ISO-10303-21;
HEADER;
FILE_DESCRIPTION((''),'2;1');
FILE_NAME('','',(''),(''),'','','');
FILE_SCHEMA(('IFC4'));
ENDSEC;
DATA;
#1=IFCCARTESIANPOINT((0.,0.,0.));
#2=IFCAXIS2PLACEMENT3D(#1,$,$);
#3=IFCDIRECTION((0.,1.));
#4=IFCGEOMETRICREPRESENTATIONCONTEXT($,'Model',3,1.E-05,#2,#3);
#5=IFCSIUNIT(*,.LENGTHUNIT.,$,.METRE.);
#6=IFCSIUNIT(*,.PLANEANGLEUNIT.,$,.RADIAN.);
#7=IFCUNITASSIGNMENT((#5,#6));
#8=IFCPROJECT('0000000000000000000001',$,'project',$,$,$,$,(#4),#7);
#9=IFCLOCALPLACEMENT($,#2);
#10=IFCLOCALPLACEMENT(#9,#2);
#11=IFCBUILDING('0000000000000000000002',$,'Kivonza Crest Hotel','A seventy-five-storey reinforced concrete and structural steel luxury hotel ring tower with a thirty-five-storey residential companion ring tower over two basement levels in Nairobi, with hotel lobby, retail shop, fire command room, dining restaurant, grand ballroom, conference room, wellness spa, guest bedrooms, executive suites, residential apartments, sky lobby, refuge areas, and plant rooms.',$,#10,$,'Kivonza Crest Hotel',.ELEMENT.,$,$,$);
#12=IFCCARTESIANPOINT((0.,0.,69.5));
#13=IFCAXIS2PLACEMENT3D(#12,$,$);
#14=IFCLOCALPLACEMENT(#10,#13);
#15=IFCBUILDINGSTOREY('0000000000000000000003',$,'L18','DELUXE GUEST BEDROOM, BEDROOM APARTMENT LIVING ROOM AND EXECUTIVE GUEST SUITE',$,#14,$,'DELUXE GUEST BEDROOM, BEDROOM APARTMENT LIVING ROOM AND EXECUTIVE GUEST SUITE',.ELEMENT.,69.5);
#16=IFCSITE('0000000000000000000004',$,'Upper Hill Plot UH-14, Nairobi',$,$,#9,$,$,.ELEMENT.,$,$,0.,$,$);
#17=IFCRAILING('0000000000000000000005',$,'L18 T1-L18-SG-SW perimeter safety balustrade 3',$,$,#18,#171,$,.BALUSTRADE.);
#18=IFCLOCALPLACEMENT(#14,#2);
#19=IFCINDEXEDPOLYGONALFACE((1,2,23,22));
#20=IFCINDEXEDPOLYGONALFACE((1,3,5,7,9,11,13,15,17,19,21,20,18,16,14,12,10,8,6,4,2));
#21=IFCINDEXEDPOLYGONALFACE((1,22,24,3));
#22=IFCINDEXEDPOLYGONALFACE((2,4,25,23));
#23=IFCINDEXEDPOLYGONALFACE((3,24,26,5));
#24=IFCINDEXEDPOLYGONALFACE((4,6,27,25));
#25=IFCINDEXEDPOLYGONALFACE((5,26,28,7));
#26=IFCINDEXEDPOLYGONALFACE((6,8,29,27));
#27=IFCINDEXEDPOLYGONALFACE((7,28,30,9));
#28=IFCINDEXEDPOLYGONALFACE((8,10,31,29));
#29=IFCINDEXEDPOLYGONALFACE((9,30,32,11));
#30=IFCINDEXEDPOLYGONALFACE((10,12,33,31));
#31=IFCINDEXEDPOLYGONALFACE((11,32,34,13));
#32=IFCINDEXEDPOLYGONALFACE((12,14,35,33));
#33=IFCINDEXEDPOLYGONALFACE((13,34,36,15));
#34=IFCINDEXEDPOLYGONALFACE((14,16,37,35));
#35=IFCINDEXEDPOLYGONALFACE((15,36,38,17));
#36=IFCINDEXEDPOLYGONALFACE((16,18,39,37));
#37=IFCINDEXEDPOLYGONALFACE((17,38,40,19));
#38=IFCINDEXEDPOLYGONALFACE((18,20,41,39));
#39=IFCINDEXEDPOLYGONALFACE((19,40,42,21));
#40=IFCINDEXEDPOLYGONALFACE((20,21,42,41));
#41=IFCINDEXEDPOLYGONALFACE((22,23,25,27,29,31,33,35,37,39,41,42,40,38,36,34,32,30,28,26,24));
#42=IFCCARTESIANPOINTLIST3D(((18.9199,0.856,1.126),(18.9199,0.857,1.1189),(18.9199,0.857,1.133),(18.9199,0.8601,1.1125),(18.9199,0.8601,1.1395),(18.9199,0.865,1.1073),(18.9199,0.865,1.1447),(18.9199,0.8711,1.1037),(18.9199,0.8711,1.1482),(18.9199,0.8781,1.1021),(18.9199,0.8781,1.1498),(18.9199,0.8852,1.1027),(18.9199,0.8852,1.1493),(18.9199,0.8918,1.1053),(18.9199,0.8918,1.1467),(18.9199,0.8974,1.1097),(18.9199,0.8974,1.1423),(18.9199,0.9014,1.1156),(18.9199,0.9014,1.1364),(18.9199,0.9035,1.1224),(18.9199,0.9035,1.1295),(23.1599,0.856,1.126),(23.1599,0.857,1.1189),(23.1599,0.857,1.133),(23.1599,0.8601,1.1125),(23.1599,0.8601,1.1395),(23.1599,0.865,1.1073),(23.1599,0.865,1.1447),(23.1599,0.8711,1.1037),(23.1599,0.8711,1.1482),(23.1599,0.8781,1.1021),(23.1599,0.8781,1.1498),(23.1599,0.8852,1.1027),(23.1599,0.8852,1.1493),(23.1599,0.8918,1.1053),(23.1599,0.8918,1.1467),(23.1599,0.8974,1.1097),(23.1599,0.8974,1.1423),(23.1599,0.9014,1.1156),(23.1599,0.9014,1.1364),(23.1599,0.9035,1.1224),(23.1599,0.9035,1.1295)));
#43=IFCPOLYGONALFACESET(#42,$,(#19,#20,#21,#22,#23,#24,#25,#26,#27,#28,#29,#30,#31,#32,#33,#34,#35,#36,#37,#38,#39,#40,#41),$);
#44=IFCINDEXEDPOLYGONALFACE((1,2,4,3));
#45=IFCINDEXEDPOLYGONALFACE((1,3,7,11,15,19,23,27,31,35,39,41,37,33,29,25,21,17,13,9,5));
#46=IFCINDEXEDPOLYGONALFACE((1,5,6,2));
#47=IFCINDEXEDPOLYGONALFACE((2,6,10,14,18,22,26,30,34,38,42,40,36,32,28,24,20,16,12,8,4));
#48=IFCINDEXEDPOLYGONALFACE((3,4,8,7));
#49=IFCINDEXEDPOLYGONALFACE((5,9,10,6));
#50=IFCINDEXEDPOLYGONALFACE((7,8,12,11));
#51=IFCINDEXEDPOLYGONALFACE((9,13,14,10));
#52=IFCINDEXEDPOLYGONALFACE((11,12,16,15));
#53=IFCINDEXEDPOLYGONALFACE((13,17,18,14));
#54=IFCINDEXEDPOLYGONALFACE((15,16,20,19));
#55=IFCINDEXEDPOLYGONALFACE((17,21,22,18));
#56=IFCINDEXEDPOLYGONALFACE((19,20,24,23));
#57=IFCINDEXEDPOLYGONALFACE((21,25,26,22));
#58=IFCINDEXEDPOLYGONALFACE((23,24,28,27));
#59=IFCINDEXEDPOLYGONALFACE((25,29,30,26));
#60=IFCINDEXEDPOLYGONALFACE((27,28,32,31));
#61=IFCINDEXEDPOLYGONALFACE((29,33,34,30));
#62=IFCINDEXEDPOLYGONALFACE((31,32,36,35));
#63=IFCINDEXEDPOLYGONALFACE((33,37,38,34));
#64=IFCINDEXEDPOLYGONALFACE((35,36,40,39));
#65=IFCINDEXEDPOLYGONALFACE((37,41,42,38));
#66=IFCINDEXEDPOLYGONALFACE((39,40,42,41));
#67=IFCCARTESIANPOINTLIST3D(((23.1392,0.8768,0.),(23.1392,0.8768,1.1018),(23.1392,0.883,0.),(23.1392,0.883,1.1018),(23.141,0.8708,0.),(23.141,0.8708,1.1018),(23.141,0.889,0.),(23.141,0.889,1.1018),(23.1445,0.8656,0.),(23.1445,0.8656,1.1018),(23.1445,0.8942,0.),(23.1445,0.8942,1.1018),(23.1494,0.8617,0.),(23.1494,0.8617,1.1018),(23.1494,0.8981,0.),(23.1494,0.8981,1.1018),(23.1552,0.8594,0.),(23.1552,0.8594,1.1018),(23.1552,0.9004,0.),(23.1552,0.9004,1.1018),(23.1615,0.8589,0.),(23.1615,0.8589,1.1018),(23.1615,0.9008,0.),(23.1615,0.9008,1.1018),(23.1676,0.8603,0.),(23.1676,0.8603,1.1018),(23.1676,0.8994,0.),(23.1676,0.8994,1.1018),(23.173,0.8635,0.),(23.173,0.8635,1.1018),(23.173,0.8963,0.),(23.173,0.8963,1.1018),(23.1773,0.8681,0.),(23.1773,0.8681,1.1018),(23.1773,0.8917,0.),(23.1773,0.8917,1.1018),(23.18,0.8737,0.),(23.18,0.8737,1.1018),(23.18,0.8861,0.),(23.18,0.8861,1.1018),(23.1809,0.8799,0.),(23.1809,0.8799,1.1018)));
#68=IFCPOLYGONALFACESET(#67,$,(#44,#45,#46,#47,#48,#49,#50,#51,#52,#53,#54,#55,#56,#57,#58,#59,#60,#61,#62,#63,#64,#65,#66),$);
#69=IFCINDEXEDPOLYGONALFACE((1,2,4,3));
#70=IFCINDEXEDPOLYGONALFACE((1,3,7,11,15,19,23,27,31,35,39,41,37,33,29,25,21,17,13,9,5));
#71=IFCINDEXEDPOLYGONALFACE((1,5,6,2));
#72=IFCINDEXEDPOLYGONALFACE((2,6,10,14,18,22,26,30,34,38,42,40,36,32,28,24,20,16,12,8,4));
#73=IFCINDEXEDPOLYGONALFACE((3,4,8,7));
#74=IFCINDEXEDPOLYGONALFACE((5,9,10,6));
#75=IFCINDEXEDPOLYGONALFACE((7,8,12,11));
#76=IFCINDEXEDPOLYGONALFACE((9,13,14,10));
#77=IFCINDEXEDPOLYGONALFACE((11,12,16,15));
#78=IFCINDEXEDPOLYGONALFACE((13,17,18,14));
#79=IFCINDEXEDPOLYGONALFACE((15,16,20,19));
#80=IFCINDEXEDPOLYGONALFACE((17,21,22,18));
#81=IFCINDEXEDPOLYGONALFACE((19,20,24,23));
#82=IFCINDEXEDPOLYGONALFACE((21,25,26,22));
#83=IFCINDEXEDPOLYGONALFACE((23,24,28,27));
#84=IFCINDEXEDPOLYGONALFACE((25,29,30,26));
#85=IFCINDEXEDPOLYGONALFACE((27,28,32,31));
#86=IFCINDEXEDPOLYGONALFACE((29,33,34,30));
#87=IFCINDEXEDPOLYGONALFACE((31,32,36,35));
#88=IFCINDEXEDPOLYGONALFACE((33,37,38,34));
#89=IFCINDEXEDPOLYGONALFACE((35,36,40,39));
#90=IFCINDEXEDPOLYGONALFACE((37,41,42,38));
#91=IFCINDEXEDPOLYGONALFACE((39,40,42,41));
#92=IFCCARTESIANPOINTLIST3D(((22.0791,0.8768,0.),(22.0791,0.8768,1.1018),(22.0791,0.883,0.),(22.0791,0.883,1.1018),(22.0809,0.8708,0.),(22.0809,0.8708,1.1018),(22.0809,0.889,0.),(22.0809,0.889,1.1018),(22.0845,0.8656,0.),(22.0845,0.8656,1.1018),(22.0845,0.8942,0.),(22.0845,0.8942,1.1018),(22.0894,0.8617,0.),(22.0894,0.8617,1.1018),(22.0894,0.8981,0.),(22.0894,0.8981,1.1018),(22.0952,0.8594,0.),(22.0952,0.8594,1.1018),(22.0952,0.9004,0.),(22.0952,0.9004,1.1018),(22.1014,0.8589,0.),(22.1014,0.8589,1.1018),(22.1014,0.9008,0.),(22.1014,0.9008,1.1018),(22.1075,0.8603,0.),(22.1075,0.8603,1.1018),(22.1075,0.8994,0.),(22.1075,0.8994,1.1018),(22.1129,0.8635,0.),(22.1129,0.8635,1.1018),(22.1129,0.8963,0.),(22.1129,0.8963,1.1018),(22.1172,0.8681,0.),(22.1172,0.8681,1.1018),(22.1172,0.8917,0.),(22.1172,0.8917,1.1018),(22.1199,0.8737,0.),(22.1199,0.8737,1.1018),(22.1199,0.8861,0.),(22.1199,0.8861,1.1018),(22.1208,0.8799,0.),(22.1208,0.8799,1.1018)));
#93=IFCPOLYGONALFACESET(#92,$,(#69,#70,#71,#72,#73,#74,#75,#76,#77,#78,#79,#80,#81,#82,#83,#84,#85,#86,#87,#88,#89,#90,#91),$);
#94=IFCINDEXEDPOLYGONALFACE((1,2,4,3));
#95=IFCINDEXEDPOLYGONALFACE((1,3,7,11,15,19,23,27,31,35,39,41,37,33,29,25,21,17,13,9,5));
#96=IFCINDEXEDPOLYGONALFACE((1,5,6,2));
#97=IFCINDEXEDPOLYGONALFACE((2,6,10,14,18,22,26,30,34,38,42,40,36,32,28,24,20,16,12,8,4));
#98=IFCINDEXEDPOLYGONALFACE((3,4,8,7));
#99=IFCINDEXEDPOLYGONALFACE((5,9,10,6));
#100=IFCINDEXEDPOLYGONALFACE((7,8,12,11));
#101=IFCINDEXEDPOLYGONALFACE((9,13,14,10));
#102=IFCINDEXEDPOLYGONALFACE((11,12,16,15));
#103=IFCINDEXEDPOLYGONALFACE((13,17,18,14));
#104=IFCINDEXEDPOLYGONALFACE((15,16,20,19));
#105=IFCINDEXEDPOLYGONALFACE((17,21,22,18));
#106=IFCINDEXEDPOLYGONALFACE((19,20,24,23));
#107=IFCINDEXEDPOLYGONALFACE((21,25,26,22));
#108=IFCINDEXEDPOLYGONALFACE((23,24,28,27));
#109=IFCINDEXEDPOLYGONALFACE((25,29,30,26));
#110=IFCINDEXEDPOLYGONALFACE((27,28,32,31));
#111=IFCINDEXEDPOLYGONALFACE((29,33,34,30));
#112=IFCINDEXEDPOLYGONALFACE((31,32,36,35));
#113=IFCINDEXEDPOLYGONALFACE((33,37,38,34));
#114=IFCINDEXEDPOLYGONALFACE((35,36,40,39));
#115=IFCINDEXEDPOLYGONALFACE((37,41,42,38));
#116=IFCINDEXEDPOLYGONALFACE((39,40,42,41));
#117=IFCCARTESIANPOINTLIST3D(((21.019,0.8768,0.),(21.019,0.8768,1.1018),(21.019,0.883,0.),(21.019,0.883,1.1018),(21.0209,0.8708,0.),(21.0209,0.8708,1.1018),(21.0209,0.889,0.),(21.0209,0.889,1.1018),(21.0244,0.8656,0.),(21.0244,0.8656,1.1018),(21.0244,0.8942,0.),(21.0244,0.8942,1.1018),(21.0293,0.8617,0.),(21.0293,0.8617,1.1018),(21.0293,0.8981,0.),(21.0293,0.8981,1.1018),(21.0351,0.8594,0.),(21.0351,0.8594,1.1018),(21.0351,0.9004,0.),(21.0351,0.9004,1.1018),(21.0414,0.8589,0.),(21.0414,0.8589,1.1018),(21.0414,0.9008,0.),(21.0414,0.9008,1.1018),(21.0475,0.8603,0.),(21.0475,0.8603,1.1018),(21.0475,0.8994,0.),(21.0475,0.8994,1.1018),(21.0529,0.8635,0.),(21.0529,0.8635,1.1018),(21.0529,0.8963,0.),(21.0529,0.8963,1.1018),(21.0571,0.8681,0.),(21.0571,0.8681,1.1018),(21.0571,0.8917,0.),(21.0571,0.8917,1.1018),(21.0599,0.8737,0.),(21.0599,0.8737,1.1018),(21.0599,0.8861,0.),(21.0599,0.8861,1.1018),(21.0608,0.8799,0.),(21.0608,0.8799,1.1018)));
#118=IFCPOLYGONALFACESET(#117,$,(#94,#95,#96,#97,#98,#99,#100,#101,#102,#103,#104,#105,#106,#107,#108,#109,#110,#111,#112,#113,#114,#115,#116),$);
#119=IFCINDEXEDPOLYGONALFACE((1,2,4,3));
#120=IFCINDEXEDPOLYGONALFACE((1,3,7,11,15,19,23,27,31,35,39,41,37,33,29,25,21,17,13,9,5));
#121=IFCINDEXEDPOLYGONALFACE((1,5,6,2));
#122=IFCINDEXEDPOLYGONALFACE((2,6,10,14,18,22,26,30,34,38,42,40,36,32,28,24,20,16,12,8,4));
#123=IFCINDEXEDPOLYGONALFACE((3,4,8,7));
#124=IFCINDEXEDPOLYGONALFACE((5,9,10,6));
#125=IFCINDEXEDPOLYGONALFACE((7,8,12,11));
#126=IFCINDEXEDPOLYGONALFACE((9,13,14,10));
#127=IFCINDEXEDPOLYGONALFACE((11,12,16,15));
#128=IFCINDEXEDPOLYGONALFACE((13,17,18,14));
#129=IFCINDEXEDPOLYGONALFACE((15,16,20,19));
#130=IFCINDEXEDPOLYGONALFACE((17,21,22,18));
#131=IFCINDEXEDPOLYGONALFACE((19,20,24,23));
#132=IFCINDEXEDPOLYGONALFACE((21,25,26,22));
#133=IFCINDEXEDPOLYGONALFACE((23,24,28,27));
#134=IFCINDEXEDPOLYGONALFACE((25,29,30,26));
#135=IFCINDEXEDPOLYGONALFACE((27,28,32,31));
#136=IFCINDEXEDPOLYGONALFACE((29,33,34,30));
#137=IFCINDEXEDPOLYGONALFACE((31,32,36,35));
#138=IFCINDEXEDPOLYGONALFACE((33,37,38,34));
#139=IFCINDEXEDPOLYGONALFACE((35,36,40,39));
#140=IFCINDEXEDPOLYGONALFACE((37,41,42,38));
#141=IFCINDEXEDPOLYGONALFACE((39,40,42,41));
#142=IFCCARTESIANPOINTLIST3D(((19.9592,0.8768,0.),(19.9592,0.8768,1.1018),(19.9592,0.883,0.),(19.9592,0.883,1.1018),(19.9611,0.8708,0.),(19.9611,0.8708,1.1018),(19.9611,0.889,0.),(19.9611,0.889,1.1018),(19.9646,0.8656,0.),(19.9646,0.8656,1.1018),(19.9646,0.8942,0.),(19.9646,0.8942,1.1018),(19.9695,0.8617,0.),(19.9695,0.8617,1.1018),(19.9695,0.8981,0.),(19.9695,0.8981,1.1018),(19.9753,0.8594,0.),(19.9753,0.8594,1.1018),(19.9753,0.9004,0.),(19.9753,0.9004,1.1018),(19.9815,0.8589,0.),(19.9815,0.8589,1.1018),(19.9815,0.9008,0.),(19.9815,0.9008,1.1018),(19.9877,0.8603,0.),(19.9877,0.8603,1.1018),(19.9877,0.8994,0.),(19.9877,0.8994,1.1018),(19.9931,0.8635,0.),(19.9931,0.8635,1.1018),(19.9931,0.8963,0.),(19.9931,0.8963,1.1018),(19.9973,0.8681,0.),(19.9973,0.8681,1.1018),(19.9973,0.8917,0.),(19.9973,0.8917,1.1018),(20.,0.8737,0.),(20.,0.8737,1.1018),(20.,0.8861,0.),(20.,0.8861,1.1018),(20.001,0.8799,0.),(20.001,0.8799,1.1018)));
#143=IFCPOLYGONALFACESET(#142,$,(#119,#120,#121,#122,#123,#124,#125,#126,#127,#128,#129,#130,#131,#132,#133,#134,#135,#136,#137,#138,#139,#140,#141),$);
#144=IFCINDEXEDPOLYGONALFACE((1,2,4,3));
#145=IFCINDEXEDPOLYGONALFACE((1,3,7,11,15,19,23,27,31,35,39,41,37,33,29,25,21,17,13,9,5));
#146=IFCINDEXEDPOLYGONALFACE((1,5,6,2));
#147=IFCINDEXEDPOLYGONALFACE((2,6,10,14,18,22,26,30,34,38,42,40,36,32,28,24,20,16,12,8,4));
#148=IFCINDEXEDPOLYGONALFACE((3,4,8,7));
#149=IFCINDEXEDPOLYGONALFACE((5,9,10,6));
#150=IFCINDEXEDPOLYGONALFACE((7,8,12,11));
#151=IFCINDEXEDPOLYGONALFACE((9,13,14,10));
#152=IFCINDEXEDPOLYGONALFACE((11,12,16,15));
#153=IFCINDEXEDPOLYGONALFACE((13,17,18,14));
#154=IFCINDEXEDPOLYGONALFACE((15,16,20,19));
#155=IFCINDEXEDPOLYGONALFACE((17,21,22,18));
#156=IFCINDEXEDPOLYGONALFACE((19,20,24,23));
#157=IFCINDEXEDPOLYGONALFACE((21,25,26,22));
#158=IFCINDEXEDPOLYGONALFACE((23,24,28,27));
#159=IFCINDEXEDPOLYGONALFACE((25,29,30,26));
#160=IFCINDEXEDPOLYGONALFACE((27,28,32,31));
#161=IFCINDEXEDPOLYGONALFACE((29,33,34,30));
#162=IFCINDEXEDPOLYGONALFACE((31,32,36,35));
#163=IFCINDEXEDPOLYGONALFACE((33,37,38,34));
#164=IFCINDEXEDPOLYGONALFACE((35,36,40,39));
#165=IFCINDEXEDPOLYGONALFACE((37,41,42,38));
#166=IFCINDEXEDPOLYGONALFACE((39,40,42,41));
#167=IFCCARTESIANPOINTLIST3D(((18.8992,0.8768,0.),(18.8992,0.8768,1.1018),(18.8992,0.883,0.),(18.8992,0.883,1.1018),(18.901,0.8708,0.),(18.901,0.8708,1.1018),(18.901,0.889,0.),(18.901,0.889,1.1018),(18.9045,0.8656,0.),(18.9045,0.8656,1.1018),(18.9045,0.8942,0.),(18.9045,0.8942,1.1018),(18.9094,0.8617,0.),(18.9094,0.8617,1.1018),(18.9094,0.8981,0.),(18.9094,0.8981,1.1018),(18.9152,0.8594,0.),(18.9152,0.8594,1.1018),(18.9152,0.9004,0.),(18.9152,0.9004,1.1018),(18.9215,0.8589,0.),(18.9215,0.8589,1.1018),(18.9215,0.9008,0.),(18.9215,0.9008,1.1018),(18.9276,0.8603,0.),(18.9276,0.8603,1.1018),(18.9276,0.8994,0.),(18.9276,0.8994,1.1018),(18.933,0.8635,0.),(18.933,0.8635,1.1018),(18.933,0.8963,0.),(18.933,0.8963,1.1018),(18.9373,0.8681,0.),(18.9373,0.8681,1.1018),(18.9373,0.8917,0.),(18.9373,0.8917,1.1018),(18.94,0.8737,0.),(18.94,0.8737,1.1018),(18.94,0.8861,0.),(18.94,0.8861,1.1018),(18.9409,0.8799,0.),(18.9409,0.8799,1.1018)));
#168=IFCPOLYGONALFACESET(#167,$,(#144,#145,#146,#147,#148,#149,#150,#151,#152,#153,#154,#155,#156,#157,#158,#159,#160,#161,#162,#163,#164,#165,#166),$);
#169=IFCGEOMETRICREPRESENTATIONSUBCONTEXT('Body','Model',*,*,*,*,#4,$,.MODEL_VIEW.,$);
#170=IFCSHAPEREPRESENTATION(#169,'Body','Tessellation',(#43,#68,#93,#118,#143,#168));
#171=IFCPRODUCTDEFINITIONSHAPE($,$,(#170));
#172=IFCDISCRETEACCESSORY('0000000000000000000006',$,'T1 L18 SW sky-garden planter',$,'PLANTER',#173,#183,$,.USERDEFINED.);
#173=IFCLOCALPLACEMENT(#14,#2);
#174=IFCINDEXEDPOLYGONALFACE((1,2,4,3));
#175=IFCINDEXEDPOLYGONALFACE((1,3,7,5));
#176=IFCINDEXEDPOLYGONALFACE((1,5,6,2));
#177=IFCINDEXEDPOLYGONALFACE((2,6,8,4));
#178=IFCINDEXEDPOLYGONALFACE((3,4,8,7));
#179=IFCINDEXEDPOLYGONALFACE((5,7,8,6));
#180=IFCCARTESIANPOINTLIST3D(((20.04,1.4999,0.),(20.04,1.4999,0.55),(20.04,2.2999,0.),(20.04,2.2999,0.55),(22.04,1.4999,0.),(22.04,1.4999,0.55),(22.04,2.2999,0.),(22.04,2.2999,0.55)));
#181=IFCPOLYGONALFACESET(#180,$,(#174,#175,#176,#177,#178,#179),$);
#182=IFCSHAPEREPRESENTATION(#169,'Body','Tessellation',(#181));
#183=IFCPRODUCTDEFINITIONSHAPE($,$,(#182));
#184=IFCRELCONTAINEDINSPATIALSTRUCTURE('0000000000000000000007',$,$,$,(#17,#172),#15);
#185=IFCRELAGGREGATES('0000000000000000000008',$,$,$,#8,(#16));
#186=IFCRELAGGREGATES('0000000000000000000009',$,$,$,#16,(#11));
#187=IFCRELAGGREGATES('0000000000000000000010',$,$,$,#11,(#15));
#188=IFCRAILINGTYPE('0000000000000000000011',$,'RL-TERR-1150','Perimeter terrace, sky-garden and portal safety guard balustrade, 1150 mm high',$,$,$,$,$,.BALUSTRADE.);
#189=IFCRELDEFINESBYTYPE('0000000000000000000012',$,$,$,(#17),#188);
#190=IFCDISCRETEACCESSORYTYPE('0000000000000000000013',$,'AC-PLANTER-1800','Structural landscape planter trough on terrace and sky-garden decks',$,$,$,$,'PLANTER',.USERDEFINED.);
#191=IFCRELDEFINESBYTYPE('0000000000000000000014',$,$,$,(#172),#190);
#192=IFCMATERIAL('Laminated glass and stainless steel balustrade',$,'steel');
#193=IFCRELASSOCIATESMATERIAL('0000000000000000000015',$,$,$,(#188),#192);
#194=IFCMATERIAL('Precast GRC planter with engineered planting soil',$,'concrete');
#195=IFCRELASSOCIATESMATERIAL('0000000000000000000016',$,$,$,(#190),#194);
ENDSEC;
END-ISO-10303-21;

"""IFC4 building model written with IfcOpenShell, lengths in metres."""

from ifc_helpers import new_model, si_unit, direction, frame, origin, origin_2d, place, context, subcontext, project, spatial, rectangle, circle, extrude, material, type_object, element, save


model = new_model("IFC4")

# Units and contexts
model_context = context("Model", 3, precision=1e-05, world=origin(), true_north=direction((0.0, 1.0)))
body_context = subcontext(model_context, "Body", "Model", "MODEL_VIEW")
ifc_project = project(units=[si_unit("LENGTHUNIT", "METRE"), si_unit("PLANEANGLEUNIT", "RADIAN")], contexts=[model_context])

# Site, building, storey
site_placement = place(None, origin())
site = spatial("IfcSite", under=ifc_project, at=site_placement, Name="Upper Hill Plot UH-14, Nairobi", CompositionType="ELEMENT", RefElevation=0.0)
building_placement = place(site_placement, origin())
building = spatial("IfcBuilding", under=site, at=building_placement, Name="Kivonza Crest Hotel", Description="A seventy-five-storey reinforced concrete and structural steel luxury hotel ring tower with a thirty-five-storey residential companion ring tower over two basement levels in Nairobi, with hotel lobby, retail shop, fire command room, dining restaurant, grand ballroom, conference room, wellness spa, guest bedrooms, executive suites, residential apartments, sky lobby, refuge areas, and plant rooms.", LongName="Kivonza Crest Hotel", CompositionType="ELEMENT")
storey_placement = place(building_placement, frame((0.0, 0.0, 69.5)))
storey = spatial("IfcBuildingStorey", under=building, at=storey_placement, Name="L18", Description="DELUXE GUEST BEDROOM, BEDROOM APARTMENT LIVING ROOM AND EXECUTIVE GUEST SUITE", LongName="DELUXE GUEST BEDROOM, BEDROOM APARTMENT LIVING ROOM AND EXECUTIVE GUEST SUITE", CompositionType="ELEMENT", Elevation=69.5)

# Railing
ifc_material_1 = material(Name="Laminated glass and stainless steel balustrade", Category="steel")
railing_type = type_object("IfcRailingType", Name="RL-TERR-1150", Description="Perimeter terrace, sky-garden and portal safety guard balustrade, 1150 mm high", PredefinedType="BALUSTRADE", material=ifc_material_1)
railing_1_placement = place(storey_placement, frame((23.1599, 0.8799, 0.0)))
element("IfcRailing", 1, at=railing_1_placement, inside=storey, type_object=railing_type, Name="L18 T1-L18-SG-SW perimeter safety balustrade 3", PredefinedType="BALUSTRADE", context=body_context, shape_type="SweptSolid", body=[
    extrude(circle(Radius=0.0239, at=origin_2d()), frame((0.0, 0.0, 1.126), z_axis=(-1.0, 0.0, 0.0), x_axis=(0.0, -1.0, 0.0)), (0.0, 0.0, 1.0), 4.24),
    extrude(circle(Radius=0.021, at=origin_2d()), origin(), (0.0, 0.0, 1.0), 1.1018),
    extrude(circle(Radius=0.021, at=origin_2d()), frame((-1.0601, 0.0, 0.0)), (0.0, 0.0, 1.0), 1.1018),
    extrude(circle(Radius=0.021, at=origin_2d()), frame((-2.1201, 0.0, 0.0)), (0.0, 0.0, 1.0), 1.1018),
    extrude(circle(Radius=0.021, at=origin_2d()), frame((-3.1799, 0.0, 0.0)), (0.0, 0.0, 1.0), 1.1018),
    extrude(circle(Radius=0.021, at=origin_2d()), frame((-4.24, 0.0, 0.0)), (0.0, 0.0, 1.0), 1.1018),
])

# Discrete accessory
ifc_material_2 = material(Name="Precast GRC planter with engineered planting soil", Category="concrete")
discrete_accessory_type = type_object("IfcDiscreteAccessoryType", Name="AC-PLANTER-1800", Description="Structural landscape planter trough on terrace and sky-garden decks", ElementType="PLANTER", PredefinedType="USERDEFINED", material=ifc_material_2)
discrete_accessory_placement = place(storey_placement, frame((21.04, 1.8999, 0.0), z_axis=(0.0, 0.0, 1.0), x_axis=(1.0, 0.0, 0.0)))
element("IfcDiscreteAccessory", 2, at=discrete_accessory_placement, inside=storey, type_object=discrete_accessory_type, Name="T1 L18 SW sky-garden planter", ObjectType="PLANTER", PredefinedType="USERDEFINED", context=body_context, shape_type="SweptSolid", body=[
    extrude(rectangle(XDim=2.0, YDim=0.8, at=origin_2d()), origin(), (0.0, 0.0, 1.0), 0.55),
])

save(model, "model.ifc")
